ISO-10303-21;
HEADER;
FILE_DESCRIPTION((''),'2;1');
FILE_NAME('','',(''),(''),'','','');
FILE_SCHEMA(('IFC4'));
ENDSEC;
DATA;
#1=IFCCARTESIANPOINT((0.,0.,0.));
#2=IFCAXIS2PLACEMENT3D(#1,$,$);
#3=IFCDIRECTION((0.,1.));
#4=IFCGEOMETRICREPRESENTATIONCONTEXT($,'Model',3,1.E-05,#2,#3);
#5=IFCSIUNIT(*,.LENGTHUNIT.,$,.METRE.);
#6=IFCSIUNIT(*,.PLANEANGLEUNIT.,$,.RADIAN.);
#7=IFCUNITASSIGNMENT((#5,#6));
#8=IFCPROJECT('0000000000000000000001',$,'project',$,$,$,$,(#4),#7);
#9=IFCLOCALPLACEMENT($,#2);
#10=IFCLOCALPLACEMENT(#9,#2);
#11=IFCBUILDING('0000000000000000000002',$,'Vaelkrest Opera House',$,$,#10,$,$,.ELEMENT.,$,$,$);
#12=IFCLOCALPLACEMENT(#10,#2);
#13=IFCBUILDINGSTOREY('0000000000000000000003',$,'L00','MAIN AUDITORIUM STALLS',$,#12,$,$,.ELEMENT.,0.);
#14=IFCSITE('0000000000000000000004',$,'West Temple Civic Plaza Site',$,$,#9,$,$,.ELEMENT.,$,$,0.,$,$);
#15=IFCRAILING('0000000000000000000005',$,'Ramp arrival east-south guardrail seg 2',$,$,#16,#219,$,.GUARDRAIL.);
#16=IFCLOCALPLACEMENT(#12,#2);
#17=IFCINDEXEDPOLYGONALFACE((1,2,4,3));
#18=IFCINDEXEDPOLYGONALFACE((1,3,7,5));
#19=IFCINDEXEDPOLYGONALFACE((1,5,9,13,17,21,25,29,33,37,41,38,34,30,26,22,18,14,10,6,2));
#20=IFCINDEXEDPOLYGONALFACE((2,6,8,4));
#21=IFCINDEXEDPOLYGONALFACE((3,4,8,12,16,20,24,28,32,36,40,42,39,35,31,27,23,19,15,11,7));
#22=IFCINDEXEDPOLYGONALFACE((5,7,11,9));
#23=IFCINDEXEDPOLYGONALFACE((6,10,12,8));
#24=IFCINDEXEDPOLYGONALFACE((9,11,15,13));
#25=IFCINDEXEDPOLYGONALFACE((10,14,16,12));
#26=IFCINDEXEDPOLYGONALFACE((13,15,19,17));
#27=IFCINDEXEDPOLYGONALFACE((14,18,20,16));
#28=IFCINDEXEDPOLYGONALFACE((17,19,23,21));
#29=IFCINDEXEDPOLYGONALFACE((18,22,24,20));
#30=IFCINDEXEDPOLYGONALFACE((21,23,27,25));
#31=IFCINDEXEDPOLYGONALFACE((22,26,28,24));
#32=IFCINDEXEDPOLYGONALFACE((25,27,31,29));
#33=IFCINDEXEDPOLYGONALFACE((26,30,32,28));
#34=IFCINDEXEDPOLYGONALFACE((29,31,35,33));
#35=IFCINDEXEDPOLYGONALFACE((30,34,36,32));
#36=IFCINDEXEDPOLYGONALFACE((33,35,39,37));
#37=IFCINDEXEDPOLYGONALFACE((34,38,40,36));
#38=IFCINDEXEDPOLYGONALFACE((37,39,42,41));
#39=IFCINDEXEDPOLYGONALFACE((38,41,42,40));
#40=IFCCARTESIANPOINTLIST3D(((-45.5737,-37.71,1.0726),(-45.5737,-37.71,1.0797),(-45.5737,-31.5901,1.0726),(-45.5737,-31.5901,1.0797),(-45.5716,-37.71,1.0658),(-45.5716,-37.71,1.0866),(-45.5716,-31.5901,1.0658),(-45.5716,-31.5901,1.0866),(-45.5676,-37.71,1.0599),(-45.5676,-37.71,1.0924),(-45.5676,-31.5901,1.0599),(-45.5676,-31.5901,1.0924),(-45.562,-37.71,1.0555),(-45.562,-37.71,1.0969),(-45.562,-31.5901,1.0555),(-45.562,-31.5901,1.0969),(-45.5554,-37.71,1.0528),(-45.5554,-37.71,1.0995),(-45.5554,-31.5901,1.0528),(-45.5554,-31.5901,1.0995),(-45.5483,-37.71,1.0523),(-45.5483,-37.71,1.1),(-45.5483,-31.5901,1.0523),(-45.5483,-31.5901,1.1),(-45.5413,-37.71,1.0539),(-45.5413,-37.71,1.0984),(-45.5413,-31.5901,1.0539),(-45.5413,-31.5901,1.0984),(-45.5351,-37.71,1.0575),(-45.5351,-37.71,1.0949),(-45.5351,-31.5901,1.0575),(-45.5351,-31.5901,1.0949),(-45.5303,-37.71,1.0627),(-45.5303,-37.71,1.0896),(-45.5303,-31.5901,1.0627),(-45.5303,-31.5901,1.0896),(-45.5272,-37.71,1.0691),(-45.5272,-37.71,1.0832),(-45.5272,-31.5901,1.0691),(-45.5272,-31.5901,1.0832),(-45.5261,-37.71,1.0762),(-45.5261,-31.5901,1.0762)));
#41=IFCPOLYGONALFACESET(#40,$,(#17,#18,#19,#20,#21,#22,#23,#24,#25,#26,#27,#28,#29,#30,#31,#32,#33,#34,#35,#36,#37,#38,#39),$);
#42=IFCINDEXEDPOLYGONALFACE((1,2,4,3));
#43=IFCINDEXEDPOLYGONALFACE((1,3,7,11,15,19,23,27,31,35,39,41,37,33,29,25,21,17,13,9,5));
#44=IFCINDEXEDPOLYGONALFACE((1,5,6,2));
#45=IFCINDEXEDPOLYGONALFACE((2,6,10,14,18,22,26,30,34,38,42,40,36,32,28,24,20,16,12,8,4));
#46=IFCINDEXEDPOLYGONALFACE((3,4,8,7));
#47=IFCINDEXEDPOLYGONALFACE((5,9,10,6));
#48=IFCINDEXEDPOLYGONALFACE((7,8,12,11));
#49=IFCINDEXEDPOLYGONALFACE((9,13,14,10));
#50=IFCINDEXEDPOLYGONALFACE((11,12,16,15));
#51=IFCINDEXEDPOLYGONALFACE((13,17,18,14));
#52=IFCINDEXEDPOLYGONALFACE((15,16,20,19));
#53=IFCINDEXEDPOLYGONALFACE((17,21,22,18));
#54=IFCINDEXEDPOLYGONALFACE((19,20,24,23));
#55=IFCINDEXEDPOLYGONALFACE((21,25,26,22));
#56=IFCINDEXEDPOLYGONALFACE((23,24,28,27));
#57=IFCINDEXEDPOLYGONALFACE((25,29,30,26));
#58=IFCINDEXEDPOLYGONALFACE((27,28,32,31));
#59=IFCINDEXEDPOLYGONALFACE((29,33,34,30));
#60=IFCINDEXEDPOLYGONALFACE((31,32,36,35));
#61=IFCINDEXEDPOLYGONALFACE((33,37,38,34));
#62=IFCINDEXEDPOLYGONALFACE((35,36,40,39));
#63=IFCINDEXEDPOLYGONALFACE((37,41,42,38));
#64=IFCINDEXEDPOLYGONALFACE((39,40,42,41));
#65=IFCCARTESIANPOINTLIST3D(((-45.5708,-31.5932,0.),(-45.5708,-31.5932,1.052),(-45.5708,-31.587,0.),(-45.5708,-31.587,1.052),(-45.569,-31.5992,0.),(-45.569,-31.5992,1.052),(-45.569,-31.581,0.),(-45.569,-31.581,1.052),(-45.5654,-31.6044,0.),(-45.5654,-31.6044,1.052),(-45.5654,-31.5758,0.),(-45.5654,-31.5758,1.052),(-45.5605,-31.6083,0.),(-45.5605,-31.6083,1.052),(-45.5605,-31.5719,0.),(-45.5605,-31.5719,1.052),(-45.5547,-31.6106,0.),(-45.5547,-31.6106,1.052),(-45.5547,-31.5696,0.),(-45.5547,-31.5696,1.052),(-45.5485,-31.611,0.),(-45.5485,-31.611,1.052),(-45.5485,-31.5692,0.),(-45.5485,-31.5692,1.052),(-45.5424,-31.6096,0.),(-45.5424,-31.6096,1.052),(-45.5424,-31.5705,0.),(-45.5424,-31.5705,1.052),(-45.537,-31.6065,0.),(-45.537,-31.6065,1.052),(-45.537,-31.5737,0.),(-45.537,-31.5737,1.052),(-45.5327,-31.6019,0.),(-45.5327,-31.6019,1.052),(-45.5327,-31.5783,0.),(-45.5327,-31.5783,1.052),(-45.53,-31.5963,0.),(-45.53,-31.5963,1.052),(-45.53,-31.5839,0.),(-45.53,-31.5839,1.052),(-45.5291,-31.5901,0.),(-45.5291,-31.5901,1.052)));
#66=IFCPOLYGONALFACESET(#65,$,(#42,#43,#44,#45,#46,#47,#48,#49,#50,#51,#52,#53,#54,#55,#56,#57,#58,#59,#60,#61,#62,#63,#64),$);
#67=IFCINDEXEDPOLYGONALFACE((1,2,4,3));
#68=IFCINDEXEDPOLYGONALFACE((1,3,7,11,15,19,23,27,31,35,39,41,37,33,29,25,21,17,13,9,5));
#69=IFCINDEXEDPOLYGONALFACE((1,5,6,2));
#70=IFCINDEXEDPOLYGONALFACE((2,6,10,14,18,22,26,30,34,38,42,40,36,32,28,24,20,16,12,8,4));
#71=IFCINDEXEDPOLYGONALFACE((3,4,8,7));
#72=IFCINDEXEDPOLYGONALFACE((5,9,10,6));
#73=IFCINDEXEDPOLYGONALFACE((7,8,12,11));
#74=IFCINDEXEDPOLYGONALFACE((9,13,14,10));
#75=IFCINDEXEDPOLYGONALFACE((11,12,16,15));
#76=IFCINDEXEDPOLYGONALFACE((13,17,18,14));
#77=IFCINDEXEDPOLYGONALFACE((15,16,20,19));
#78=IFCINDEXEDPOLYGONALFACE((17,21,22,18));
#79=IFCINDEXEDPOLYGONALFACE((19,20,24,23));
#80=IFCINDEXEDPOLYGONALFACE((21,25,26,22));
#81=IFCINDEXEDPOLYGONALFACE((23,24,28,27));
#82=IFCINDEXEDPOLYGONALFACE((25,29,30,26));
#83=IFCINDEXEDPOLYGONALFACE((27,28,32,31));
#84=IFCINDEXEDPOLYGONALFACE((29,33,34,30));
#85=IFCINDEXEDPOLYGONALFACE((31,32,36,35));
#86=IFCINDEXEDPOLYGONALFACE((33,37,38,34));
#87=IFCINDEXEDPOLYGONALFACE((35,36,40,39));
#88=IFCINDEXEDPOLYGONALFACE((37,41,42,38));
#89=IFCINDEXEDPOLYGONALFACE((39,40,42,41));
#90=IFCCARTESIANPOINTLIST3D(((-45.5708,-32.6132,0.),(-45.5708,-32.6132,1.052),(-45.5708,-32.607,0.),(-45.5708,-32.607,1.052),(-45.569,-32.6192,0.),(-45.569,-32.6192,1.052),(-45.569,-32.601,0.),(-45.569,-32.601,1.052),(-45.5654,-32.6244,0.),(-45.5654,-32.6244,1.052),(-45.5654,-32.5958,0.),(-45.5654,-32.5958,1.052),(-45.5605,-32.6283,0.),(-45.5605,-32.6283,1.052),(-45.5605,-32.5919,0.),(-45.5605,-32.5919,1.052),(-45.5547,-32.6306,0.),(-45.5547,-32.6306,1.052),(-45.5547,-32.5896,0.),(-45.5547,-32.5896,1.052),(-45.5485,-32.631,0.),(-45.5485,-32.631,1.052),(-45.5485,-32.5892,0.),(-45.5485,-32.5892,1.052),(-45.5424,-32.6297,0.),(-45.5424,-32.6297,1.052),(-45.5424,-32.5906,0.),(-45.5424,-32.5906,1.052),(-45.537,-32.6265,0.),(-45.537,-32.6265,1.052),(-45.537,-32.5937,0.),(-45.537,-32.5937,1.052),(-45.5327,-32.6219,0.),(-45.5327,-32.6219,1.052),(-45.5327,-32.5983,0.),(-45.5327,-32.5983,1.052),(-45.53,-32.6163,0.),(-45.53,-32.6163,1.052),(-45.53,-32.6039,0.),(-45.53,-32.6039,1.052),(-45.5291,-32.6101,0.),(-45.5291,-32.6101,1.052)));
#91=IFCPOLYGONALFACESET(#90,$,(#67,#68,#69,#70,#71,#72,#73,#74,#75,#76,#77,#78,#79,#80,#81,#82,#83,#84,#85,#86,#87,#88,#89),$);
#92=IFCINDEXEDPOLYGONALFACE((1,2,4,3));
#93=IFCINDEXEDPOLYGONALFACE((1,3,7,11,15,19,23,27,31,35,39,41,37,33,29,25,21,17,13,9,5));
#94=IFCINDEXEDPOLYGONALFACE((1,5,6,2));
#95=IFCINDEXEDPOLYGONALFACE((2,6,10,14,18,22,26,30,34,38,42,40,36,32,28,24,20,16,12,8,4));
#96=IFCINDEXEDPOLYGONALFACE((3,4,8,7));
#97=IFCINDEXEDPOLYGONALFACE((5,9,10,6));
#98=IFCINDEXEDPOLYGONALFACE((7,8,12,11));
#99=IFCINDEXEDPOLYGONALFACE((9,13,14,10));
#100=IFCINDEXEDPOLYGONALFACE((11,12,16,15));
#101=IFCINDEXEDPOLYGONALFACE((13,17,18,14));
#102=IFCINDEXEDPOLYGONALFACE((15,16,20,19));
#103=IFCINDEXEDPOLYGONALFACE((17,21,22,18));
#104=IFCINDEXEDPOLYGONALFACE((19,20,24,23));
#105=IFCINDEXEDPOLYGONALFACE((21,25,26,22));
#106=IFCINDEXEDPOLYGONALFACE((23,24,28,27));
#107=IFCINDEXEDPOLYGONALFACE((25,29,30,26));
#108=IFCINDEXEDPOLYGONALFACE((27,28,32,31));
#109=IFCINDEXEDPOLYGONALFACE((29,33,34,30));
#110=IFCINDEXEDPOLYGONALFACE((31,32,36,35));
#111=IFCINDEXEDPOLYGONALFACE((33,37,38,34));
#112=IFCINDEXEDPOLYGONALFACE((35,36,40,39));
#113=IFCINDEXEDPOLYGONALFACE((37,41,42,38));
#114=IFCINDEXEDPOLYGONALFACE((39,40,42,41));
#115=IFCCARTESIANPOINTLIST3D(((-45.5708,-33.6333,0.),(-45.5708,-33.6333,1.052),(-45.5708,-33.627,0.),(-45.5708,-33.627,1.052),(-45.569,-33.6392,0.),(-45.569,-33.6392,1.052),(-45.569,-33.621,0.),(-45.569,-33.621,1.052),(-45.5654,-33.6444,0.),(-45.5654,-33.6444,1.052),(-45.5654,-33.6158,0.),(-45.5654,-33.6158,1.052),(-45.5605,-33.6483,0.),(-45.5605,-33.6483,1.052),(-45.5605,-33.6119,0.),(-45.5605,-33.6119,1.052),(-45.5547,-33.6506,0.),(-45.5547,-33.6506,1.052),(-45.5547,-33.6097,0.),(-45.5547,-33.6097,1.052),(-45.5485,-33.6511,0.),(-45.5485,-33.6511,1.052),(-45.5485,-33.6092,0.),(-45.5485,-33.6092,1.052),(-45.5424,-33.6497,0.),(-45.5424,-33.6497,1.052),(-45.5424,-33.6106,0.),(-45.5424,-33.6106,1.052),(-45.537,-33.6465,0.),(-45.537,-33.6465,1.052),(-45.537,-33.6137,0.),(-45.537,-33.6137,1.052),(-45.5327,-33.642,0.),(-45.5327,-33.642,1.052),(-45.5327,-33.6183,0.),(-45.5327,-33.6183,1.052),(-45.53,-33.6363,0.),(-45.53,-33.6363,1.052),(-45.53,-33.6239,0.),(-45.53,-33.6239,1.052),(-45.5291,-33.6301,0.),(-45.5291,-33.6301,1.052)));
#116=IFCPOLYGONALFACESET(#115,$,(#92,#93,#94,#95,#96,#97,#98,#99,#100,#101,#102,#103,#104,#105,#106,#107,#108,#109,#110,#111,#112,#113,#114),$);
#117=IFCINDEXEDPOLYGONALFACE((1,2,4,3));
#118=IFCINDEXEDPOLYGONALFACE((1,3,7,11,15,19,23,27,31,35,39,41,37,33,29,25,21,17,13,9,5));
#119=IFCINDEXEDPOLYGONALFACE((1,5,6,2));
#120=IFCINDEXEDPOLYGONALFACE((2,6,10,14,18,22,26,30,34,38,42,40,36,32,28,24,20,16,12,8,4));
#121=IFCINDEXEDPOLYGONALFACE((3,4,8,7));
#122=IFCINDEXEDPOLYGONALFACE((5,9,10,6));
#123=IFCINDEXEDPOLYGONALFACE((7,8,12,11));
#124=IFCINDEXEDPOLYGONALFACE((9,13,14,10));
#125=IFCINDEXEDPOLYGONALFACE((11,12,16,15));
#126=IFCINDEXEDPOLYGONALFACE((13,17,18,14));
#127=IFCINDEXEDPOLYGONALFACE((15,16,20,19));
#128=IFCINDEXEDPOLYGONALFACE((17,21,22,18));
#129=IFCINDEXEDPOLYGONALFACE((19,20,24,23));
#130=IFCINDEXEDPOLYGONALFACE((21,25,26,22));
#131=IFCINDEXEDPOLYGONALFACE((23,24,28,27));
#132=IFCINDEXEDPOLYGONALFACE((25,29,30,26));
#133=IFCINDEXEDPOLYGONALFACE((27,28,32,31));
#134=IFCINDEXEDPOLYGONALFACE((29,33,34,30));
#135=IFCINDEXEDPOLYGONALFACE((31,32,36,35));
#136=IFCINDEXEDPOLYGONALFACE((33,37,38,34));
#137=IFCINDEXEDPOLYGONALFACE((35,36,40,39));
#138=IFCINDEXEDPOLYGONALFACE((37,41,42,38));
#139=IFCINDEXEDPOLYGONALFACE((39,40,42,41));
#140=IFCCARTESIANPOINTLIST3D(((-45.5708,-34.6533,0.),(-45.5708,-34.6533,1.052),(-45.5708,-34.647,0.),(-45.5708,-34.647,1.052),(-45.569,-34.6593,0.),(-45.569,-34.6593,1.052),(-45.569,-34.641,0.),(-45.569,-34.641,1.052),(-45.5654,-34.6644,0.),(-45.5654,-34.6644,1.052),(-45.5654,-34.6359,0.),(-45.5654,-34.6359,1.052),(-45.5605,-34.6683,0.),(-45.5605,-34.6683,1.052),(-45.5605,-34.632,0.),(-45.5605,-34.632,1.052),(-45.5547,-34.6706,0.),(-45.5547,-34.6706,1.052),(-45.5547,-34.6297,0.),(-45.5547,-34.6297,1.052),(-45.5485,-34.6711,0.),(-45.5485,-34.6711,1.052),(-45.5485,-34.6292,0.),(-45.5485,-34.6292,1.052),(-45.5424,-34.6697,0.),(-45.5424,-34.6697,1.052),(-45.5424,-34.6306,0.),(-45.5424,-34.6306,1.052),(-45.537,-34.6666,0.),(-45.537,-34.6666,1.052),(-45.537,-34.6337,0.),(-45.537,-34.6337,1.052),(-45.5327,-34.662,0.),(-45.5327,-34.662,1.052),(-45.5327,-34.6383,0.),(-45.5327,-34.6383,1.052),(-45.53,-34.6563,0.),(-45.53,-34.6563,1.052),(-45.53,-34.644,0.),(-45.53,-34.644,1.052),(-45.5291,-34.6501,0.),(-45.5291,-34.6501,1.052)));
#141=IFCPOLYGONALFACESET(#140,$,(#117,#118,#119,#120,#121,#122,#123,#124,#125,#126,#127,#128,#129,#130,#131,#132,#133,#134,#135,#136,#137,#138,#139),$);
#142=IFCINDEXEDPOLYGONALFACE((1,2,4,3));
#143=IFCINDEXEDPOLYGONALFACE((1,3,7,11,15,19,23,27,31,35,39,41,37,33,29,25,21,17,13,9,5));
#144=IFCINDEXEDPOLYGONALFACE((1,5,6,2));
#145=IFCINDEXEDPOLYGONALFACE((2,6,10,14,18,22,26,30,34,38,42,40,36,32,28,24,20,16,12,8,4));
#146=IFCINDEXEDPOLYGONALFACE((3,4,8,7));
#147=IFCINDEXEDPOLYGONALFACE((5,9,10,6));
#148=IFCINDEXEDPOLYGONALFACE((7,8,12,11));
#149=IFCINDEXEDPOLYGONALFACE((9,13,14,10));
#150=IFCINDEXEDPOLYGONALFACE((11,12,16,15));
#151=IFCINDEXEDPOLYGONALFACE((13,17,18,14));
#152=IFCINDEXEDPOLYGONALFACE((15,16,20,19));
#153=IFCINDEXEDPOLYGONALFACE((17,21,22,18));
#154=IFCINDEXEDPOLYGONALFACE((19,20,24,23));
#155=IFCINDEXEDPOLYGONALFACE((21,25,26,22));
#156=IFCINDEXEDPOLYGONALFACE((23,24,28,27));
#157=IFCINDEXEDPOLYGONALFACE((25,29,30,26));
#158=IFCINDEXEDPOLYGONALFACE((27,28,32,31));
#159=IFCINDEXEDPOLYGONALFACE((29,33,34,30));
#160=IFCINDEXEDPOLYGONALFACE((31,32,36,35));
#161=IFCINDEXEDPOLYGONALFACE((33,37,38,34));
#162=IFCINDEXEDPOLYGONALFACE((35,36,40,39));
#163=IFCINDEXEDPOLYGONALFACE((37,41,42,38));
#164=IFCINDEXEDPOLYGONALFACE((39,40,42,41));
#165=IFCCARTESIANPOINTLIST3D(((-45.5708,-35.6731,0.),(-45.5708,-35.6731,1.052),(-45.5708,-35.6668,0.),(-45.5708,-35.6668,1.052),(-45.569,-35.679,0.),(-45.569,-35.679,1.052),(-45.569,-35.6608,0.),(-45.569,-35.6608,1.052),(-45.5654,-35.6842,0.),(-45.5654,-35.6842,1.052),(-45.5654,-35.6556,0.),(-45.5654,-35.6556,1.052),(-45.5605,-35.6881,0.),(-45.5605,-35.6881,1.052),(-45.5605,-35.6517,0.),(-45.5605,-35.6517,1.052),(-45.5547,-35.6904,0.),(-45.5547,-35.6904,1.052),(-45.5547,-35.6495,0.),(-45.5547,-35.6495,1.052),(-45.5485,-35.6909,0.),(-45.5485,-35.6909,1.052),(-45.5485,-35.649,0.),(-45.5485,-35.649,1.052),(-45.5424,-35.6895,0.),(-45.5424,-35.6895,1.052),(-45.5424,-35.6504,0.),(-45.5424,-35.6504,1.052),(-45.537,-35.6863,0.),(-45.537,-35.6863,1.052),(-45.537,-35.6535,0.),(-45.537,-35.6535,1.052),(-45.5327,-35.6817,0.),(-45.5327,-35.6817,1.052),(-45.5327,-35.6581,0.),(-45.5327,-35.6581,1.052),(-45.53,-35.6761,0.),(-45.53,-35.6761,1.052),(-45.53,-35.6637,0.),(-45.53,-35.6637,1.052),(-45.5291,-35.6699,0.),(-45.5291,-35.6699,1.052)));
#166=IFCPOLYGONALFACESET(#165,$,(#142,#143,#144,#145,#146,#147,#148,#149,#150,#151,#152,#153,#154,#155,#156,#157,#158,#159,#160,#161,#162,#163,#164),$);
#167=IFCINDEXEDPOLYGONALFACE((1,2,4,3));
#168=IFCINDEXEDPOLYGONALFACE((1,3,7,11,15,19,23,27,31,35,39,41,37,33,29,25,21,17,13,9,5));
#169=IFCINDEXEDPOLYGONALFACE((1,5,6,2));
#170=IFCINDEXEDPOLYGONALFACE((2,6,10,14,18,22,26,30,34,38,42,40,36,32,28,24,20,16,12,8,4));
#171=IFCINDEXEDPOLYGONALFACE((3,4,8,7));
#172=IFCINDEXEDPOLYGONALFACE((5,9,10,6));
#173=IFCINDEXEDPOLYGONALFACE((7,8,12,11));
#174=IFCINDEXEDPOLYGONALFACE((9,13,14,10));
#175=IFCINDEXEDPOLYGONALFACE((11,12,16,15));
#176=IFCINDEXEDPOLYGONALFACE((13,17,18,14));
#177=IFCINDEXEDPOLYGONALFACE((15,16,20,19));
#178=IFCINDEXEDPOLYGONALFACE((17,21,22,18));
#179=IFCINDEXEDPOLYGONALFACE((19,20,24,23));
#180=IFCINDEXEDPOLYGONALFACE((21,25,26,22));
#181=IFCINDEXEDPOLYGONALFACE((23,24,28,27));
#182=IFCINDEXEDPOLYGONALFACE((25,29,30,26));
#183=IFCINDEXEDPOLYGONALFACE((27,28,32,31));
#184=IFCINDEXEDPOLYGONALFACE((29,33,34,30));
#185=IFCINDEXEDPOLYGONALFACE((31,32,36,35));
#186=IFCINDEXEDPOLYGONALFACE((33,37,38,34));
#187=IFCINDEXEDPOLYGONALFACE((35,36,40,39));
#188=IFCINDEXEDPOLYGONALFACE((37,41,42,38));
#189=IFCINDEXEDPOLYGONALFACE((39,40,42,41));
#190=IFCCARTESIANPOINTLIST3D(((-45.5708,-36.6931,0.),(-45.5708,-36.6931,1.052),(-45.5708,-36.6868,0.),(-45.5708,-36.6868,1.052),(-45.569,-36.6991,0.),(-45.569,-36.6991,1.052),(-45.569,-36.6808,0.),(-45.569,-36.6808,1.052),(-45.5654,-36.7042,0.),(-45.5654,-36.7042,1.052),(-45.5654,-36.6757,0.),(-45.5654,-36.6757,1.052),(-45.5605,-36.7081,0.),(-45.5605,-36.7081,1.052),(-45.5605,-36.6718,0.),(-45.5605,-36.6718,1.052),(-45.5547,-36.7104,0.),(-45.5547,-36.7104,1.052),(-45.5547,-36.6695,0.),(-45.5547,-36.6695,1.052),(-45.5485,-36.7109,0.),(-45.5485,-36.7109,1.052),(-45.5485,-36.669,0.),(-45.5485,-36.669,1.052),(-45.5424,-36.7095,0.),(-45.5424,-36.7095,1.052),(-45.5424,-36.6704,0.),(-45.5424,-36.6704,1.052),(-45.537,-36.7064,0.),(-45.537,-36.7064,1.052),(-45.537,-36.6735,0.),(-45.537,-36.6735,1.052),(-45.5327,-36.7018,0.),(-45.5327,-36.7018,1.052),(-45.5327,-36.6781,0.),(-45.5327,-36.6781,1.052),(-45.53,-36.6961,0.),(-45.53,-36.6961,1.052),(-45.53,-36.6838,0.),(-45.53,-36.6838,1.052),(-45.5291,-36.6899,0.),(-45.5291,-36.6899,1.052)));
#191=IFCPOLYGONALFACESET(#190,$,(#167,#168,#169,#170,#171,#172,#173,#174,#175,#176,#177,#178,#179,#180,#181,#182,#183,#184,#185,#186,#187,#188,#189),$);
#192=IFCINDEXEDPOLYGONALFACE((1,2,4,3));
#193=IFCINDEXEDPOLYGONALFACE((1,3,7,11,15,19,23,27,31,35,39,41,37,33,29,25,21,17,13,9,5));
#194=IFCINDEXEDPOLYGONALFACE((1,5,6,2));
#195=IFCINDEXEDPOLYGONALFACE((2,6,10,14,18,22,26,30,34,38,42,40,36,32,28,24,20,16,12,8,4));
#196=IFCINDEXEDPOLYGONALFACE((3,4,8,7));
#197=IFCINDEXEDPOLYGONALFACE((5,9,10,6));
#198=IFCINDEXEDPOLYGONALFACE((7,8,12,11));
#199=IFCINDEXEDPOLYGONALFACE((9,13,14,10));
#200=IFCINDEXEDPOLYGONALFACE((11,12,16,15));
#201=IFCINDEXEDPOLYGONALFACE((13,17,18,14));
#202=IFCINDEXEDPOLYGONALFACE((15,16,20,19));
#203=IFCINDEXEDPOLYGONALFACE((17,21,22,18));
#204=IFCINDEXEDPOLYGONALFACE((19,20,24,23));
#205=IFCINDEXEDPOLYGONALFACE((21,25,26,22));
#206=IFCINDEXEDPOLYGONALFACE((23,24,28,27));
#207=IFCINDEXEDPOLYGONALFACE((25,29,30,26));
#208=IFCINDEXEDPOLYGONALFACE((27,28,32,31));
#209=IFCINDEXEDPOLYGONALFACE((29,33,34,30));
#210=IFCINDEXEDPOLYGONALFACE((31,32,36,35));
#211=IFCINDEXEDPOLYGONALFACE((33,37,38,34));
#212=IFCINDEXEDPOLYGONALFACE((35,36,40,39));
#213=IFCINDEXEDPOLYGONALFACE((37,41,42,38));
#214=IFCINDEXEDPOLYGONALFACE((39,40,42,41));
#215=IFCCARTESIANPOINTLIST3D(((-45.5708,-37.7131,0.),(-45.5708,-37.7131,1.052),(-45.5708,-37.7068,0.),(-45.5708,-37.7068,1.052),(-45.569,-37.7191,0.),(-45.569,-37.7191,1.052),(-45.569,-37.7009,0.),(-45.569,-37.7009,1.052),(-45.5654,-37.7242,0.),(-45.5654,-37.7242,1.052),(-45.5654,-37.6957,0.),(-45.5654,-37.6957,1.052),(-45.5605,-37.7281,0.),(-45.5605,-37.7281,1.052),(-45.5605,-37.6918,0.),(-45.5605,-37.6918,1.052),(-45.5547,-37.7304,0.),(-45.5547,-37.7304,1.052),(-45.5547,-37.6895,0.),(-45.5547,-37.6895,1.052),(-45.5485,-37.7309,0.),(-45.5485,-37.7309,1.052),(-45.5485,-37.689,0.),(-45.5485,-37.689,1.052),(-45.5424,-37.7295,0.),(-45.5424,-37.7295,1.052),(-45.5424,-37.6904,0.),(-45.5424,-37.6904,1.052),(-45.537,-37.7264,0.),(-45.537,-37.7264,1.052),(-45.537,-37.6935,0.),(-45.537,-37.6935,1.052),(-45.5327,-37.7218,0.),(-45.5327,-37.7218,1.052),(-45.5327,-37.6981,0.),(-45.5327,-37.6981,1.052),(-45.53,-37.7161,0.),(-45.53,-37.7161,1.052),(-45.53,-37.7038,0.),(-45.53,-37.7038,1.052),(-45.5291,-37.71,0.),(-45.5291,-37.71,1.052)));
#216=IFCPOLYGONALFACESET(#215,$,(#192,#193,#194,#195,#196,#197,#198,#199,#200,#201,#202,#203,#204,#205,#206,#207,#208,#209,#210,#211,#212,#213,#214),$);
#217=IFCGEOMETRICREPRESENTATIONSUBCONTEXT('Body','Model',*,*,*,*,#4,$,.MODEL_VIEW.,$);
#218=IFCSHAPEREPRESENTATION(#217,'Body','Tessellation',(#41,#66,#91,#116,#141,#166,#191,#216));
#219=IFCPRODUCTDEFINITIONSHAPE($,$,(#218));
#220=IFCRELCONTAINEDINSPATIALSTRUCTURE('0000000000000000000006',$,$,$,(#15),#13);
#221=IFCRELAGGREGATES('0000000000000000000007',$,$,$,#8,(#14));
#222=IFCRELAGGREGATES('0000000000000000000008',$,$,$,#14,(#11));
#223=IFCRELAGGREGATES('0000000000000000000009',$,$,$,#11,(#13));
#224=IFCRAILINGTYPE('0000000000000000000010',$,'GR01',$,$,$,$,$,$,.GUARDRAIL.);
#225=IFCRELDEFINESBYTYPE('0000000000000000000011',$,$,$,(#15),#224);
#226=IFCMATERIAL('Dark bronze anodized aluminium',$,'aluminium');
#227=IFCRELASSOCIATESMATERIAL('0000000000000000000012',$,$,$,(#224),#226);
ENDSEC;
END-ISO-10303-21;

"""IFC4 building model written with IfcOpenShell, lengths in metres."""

from ifc_helpers import new_model, si_unit, direction, frame, origin, origin_2d, place, context, subcontext, project, spatial, circle, extrude, material, type_object, element, save


model = new_model("IFC4")

# Units and contexts
model_context = context("Model", 3, precision=1e-05, world=origin(), true_north=direction((0.0, 1.0)))
body_context = subcontext(model_context, "Body", "Model", "MODEL_VIEW")
ifc_project = project(units=[si_unit("LENGTHUNIT", "METRE"), si_unit("PLANEANGLEUNIT", "RADIAN")], contexts=[model_context])

# Site, building, storey
site_placement = place(None, origin())
site = spatial("IfcSite", under=ifc_project, at=site_placement, Name="West Temple Civic Plaza Site", CompositionType="ELEMENT", RefElevation=0.0)
building_placement = place(site_placement, origin())
building = spatial("IfcBuilding", under=site, at=building_placement, Name="Vaelkrest Opera House", CompositionType="ELEMENT")
storey_placement = place(building_placement, origin())
storey = spatial("IfcBuildingStorey", under=building, at=storey_placement, Name="L00", Description="MAIN AUDITORIUM STALLS", CompositionType="ELEMENT", Elevation=0.0)

# Shared definitions
ifc_material_1 = material(Name="Dark bronze anodized aluminium", Category="aluminium")

# Railing
railing_type = type_object("IfcRailingType", Name="GR01", PredefinedType="GUARDRAIL", material=ifc_material_1)
railing_1_placement = place(storey_placement, frame((-45.55, -31.5901, 0.0)))
element("IfcRailing", 1, at=railing_1_placement, inside=storey, type_object=railing_type, Name="Ramp arrival east-south guardrail seg 2", PredefinedType="GUARDRAIL", context=body_context, shape_type="SweptSolid", body=[
    extrude(circle(Radius=0.0239, at=origin_2d()), frame((0.0, 0.0, 1.0762), z_axis=(0.0, -1.0, 0.0), x_axis=(1.0, 0.0, 0.0)), (0.0, 0.0, 1.0), 6.1199),
    extrude(circle(Radius=0.021, at=origin_2d()), origin(), (0.0, 0.0, 1.0), 1.052),
    extrude(circle(Radius=0.021, at=origin_2d()), frame((0.0, -1.02, 0.0)), (0.0, 0.0, 1.0), 1.052),
    extrude(circle(Radius=0.021, at=origin_2d()), frame((0.0, -2.04, 0.0)), (0.0, 0.0, 1.0), 1.052),
    extrude(circle(Radius=0.021, at=origin_2d()), frame((0.0, -3.0601, 0.0)), (0.0, 0.0, 1.0), 1.052),
    extrude(circle(Radius=0.021, at=origin_2d()), frame((0.0, -4.0798, 0.0)), (0.0, 0.0, 1.0), 1.052),
    extrude(circle(Radius=0.021, at=origin_2d()), frame((0.0, -5.0999, 0.0)), (0.0, 0.0, 1.0), 1.052),
    extrude(circle(Radius=0.021, at=origin_2d()), frame((0.0, -6.1199, 0.0)), (0.0, 0.0, 1.0), 1.052),
])

save(model, "model.ifc")
